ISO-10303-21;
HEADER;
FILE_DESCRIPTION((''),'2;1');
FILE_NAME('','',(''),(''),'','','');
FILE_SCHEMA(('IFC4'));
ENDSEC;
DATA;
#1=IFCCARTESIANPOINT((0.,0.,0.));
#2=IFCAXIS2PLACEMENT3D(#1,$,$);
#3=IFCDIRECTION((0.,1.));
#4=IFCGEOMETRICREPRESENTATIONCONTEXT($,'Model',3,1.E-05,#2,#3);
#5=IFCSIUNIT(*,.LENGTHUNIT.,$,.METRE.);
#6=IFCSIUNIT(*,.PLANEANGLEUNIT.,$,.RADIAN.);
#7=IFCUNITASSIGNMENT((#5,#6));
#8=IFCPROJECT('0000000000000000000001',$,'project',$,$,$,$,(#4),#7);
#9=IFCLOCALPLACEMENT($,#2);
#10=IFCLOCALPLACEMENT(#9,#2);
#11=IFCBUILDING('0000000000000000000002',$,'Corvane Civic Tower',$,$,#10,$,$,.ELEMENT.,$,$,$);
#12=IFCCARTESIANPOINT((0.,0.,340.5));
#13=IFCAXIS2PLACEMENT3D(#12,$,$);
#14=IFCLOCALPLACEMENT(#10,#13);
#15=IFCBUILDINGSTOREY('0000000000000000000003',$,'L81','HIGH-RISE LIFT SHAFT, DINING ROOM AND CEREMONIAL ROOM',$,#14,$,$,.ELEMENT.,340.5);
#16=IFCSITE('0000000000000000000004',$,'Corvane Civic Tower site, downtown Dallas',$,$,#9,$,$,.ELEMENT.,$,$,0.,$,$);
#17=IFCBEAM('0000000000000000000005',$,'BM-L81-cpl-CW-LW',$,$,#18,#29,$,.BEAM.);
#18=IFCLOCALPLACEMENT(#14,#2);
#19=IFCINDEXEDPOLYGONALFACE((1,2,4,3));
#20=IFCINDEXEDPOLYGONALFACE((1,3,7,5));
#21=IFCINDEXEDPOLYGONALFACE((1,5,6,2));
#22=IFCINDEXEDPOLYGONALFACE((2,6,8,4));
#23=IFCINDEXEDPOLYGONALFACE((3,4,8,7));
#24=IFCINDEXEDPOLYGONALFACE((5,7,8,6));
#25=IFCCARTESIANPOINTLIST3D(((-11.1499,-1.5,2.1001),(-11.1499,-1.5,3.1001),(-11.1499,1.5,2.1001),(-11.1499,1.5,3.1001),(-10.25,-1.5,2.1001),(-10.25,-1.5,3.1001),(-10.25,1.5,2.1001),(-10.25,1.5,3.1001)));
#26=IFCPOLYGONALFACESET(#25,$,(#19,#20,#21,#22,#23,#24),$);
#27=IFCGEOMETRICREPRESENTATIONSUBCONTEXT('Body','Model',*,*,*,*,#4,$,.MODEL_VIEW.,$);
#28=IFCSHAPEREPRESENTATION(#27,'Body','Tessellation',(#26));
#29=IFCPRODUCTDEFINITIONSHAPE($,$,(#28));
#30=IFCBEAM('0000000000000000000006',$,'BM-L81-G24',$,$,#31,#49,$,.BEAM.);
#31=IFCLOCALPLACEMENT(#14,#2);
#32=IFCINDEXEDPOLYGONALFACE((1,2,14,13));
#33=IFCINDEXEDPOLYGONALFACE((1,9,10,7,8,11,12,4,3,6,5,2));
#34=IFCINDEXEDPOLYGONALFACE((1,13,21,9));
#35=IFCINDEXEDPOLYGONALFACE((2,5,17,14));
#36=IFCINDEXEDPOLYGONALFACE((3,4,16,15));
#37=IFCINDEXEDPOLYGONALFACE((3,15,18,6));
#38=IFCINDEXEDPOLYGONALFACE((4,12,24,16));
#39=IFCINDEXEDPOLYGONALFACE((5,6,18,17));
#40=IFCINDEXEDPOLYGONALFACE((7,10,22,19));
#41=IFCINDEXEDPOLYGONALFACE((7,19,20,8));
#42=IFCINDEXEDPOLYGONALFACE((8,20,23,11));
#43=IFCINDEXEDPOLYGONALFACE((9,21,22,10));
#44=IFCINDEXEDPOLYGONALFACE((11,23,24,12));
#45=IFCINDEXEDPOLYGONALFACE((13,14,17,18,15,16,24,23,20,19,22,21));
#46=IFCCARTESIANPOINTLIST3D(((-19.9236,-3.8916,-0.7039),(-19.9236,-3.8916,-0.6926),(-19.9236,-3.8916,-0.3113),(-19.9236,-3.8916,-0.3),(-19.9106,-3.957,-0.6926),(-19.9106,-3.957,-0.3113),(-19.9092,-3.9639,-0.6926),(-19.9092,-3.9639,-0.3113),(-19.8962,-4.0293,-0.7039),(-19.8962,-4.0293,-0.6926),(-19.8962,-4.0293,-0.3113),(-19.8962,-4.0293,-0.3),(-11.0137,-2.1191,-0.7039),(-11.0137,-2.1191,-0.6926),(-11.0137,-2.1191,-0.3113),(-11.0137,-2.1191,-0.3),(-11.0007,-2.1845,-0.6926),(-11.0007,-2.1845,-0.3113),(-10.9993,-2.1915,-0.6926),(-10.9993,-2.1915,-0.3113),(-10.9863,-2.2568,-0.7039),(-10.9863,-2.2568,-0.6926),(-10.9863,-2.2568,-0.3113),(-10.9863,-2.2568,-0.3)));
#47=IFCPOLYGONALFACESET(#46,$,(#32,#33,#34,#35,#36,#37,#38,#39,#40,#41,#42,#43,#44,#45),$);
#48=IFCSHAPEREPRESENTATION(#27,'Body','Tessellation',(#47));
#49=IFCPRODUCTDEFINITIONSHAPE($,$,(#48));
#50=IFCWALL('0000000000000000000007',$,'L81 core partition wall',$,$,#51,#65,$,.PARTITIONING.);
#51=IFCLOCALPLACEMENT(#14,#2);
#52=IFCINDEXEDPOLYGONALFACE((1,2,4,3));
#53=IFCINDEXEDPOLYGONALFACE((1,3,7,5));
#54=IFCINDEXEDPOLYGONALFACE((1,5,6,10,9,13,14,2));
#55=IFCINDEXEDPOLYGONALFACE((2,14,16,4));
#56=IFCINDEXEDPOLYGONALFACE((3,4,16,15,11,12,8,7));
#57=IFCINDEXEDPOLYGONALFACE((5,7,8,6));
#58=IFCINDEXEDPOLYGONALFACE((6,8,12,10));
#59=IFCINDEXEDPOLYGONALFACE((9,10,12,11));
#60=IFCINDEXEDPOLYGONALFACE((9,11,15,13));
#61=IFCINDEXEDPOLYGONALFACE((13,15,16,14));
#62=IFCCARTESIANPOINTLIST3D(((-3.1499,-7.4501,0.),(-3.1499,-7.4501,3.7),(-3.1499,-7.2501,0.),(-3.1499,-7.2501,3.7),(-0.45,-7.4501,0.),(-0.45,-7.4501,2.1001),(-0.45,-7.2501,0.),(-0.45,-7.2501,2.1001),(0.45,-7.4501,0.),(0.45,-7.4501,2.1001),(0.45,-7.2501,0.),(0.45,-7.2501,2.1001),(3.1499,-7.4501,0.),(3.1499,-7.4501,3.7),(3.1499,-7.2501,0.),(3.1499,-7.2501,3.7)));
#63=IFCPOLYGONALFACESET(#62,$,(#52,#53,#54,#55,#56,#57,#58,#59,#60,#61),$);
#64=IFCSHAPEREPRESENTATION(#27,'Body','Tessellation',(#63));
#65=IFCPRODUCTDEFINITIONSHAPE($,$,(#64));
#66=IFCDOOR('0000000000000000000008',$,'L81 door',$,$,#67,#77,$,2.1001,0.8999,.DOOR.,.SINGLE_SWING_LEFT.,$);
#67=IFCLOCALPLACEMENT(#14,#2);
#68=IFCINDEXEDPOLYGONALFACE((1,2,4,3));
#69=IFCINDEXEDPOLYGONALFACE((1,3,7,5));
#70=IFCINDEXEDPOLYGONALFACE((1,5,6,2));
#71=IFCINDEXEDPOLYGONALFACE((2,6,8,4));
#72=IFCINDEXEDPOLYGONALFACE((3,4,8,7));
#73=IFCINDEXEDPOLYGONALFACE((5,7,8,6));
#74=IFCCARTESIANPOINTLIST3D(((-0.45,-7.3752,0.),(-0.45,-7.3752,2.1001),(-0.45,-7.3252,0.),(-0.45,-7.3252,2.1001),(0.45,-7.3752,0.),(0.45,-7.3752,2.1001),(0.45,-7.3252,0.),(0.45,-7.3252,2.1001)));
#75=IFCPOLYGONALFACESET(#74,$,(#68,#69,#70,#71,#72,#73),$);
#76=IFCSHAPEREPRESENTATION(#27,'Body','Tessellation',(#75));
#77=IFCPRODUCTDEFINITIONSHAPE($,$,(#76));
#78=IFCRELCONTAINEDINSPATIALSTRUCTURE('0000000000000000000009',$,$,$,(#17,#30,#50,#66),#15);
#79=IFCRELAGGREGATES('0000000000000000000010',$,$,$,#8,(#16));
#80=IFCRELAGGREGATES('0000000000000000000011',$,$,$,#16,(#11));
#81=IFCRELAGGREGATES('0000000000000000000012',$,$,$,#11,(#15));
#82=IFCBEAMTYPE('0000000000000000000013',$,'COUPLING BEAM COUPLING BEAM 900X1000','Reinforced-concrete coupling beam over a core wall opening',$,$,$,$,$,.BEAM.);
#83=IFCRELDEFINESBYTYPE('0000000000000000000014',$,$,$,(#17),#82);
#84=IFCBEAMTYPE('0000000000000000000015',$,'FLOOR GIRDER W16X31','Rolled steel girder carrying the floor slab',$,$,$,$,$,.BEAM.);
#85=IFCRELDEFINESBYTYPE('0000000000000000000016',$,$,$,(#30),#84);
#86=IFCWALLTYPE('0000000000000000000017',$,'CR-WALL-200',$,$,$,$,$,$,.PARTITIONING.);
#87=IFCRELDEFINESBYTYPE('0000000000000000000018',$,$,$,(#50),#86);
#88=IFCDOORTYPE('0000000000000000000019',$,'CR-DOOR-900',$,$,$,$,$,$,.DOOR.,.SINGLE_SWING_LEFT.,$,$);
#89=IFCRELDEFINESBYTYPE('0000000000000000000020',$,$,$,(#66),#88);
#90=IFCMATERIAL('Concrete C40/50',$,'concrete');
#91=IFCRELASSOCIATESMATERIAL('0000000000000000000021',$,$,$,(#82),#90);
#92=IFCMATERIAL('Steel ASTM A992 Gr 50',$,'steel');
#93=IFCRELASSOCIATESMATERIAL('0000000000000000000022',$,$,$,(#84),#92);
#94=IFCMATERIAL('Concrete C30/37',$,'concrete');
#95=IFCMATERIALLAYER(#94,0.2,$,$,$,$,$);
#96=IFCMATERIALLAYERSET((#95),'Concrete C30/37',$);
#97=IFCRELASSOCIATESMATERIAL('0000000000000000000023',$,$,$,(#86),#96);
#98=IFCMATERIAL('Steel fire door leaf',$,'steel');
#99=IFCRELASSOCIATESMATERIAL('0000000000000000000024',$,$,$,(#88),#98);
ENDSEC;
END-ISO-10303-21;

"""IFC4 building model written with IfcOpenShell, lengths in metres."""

from ifc_helpers import new_model, si_unit, direction, frame, frame_2d, origin, origin_2d, place, context, subcontext, project, spatial, rectangle, i_section, extrude, material, layer, layer_set, material_profile, profile_set, type_object, element, fill, save


model = new_model("IFC4")

# Units and contexts
model_context = context("Model", 3, precision=1e-05, world=origin(), true_north=direction((0.0, 1.0)))
body_context = subcontext(model_context, "Body", "Model", "MODEL_VIEW")
ifc_project = project(units=[si_unit("LENGTHUNIT", "METRE"), si_unit("PLANEANGLEUNIT", "RADIAN")], contexts=[model_context])

# Site, building, storey
site_placement = place(None, origin())
site = spatial("IfcSite", under=ifc_project, at=site_placement, Name="Corvane Civic Tower site, downtown Dallas", CompositionType="ELEMENT", RefElevation=0.0)
building_placement = place(site_placement, origin())
building = spatial("IfcBuilding", under=site, at=building_placement, Name="Corvane Civic Tower", CompositionType="ELEMENT")
storey_placement = place(building_placement, frame((0.0, 0.0, 340.5)))
storey = spatial("IfcBuildingStorey", under=building, at=storey_placement, Name="L81", Description="HIGH-RISE LIFT SHAFT, DINING ROOM AND CEREMONIAL ROOM", CompositionType="ELEMENT", Elevation=340.5)

# Beams
ifc_material_1 = material(Name="Concrete C40/50", Category="concrete")
ifc_material_profile_1 = material_profile(ifc_material_1, rectangle(XDim=0.8999, YDim=1.0, at=origin_2d()), Name="COUPLING BEAM 900X1000")
ifc_profile_set_1 = profile_set([ifc_material_profile_1], Name="Concrete C40/50")
beam_type_1 = type_object("IfcBeamType", Name="COUPLING BEAM COUPLING BEAM 900X1000", Description="Reinforced-concrete coupling beam over a core wall opening", PredefinedType="BEAM", material=ifc_profile_set_1)
beam_1_placement = place(storey_placement, frame((-10.7, -1.5, 2.6001), z_axis=(0.0, 1.0, 0.0), x_axis=(-1.0, 0.0, 0.0)))
element("IfcBeam", 1, at=beam_1_placement, inside=storey, type_object=beam_type_1, Name="BM-L81-cpl-CW-LW", PredefinedType="BEAM", context=body_context, shape_type="SweptSolid", body=[
    extrude(rectangle(XDim=0.8999, YDim=1.0, at=origin_2d()), origin(), (0.0, 0.0, 1.0), 3.0),
])
ifc_material_2 = material(Name="Steel ASTM A992 Gr 50", Category="steel")
ifc_material_profile_2 = material_profile(ifc_material_2, i_section(OverallWidth=0.1404, OverallDepth=0.4038, WebThickness=0.0071, FlangeThickness=0.0112, at=origin_2d()), Name="W16X31")
ifc_profile_set_2 = profile_set([ifc_material_profile_2], Name="Steel ASTM A992 Gr 50")
beam_type_2 = type_object("IfcBeamType", Name="FLOOR GIRDER W16X31", Description="Rolled steel girder carrying the floor slab", PredefinedType="BEAM", material=ifc_profile_set_2)
beam_2_placement = place(storey_placement, frame((-11.0, -2.188, -0.502), z_axis=(-0.980782, -0.195108, 0.0), x_axis=(0.195108, -0.980782, 0.0)))
element("IfcBeam", 2, at=beam_2_placement, inside=storey, type_object=beam_type_2, Name="BM-L81-G24", PredefinedType="BEAM", context=body_context, shape_type="SweptSolid", body=[
    extrude(i_section(OverallWidth=0.1404, OverallDepth=0.4038, WebThickness=0.0071, FlangeThickness=0.0112, at=origin_2d()), origin(), (0.0, 0.0, 1.0), 9.0845),
])

# Wall, opening, door
ifc_material_3 = material(Name="Concrete C30/37", Category="concrete")
ifc_layer_1 = layer(ifc_material_3, 0.2)
ifc_layer_set_1 = layer_set([ifc_layer_1], Name="Concrete C30/37")
wall_type_1 = type_object("IfcWallType", Name="CR-WALL-200", PredefinedType="PARTITIONING", material=ifc_layer_set_1)
wall_1_placement = place(storey_placement, frame((-3.1499, -7.3501, 0.0), z_axis=(0.0, 0.0, 1.0), x_axis=(1.0, 0.0, 0.0)))
wall_1 = element("IfcWall", 3, at=wall_1_placement, inside=storey, type_object=wall_type_1, Name="L81 core partition wall", PredefinedType="PARTITIONING", context=body_context, shape_type="SweptSolid", body=[
    extrude(rectangle(XDim=6.2998, YDim=0.2, at=frame_2d((3.1499, 0.0))), origin(), (0.0, 0.0, 1.0), 3.7),
])
opening_1_placement = place(wall_1_placement, frame((2.7, 0.0, 0.0)))
opening_1 = element("IfcOpeningElement", 4, at=opening_1_placement, cuts=wall_1, PredefinedType="OPENING", context=body_context, shape_type="SweptSolid", body=[
    extrude(rectangle(XDim=0.8999, YDim=2.1001, at=frame_2d((0.45, 1.05))), frame((0.0, 0.1099, 0.0), z_axis=(0.0, -1.0, 0.0), x_axis=(1.0, 0.0, 0.0)), (0.0, 0.0, 1.0), 0.22),
])
ifc_material_4 = material(Name="Steel fire door leaf", Category="steel")
door_type_1 = type_object("IfcDoorType", Name="CR-DOOR-900", OperationType="SINGLE_SWING_LEFT", PredefinedType="DOOR", material=ifc_material_4)
door_1_placement = place(opening_1_placement, origin())
door_1 = element("IfcDoor", 5, at=door_1_placement, inside=storey, type_object=door_type_1, Name="L81 door", OperationType="SINGLE_SWING_LEFT", OverallHeight=2.1001, OverallWidth=0.8999, PredefinedType="DOOR", context=body_context, shape_type="SweptSolid", body=[
    extrude(rectangle(XDim=0.8999, YDim=2.1001, at=frame_2d((0.45, 1.05))), frame((0.0, 0.0249, 0.0), z_axis=(0.0, -1.0, 0.0), x_axis=(1.0, 0.0, 0.0)), (0.0, 0.0, 1.0), 0.05),
])
fill(opening_1, door_1)

save(model, "model.ifc")
